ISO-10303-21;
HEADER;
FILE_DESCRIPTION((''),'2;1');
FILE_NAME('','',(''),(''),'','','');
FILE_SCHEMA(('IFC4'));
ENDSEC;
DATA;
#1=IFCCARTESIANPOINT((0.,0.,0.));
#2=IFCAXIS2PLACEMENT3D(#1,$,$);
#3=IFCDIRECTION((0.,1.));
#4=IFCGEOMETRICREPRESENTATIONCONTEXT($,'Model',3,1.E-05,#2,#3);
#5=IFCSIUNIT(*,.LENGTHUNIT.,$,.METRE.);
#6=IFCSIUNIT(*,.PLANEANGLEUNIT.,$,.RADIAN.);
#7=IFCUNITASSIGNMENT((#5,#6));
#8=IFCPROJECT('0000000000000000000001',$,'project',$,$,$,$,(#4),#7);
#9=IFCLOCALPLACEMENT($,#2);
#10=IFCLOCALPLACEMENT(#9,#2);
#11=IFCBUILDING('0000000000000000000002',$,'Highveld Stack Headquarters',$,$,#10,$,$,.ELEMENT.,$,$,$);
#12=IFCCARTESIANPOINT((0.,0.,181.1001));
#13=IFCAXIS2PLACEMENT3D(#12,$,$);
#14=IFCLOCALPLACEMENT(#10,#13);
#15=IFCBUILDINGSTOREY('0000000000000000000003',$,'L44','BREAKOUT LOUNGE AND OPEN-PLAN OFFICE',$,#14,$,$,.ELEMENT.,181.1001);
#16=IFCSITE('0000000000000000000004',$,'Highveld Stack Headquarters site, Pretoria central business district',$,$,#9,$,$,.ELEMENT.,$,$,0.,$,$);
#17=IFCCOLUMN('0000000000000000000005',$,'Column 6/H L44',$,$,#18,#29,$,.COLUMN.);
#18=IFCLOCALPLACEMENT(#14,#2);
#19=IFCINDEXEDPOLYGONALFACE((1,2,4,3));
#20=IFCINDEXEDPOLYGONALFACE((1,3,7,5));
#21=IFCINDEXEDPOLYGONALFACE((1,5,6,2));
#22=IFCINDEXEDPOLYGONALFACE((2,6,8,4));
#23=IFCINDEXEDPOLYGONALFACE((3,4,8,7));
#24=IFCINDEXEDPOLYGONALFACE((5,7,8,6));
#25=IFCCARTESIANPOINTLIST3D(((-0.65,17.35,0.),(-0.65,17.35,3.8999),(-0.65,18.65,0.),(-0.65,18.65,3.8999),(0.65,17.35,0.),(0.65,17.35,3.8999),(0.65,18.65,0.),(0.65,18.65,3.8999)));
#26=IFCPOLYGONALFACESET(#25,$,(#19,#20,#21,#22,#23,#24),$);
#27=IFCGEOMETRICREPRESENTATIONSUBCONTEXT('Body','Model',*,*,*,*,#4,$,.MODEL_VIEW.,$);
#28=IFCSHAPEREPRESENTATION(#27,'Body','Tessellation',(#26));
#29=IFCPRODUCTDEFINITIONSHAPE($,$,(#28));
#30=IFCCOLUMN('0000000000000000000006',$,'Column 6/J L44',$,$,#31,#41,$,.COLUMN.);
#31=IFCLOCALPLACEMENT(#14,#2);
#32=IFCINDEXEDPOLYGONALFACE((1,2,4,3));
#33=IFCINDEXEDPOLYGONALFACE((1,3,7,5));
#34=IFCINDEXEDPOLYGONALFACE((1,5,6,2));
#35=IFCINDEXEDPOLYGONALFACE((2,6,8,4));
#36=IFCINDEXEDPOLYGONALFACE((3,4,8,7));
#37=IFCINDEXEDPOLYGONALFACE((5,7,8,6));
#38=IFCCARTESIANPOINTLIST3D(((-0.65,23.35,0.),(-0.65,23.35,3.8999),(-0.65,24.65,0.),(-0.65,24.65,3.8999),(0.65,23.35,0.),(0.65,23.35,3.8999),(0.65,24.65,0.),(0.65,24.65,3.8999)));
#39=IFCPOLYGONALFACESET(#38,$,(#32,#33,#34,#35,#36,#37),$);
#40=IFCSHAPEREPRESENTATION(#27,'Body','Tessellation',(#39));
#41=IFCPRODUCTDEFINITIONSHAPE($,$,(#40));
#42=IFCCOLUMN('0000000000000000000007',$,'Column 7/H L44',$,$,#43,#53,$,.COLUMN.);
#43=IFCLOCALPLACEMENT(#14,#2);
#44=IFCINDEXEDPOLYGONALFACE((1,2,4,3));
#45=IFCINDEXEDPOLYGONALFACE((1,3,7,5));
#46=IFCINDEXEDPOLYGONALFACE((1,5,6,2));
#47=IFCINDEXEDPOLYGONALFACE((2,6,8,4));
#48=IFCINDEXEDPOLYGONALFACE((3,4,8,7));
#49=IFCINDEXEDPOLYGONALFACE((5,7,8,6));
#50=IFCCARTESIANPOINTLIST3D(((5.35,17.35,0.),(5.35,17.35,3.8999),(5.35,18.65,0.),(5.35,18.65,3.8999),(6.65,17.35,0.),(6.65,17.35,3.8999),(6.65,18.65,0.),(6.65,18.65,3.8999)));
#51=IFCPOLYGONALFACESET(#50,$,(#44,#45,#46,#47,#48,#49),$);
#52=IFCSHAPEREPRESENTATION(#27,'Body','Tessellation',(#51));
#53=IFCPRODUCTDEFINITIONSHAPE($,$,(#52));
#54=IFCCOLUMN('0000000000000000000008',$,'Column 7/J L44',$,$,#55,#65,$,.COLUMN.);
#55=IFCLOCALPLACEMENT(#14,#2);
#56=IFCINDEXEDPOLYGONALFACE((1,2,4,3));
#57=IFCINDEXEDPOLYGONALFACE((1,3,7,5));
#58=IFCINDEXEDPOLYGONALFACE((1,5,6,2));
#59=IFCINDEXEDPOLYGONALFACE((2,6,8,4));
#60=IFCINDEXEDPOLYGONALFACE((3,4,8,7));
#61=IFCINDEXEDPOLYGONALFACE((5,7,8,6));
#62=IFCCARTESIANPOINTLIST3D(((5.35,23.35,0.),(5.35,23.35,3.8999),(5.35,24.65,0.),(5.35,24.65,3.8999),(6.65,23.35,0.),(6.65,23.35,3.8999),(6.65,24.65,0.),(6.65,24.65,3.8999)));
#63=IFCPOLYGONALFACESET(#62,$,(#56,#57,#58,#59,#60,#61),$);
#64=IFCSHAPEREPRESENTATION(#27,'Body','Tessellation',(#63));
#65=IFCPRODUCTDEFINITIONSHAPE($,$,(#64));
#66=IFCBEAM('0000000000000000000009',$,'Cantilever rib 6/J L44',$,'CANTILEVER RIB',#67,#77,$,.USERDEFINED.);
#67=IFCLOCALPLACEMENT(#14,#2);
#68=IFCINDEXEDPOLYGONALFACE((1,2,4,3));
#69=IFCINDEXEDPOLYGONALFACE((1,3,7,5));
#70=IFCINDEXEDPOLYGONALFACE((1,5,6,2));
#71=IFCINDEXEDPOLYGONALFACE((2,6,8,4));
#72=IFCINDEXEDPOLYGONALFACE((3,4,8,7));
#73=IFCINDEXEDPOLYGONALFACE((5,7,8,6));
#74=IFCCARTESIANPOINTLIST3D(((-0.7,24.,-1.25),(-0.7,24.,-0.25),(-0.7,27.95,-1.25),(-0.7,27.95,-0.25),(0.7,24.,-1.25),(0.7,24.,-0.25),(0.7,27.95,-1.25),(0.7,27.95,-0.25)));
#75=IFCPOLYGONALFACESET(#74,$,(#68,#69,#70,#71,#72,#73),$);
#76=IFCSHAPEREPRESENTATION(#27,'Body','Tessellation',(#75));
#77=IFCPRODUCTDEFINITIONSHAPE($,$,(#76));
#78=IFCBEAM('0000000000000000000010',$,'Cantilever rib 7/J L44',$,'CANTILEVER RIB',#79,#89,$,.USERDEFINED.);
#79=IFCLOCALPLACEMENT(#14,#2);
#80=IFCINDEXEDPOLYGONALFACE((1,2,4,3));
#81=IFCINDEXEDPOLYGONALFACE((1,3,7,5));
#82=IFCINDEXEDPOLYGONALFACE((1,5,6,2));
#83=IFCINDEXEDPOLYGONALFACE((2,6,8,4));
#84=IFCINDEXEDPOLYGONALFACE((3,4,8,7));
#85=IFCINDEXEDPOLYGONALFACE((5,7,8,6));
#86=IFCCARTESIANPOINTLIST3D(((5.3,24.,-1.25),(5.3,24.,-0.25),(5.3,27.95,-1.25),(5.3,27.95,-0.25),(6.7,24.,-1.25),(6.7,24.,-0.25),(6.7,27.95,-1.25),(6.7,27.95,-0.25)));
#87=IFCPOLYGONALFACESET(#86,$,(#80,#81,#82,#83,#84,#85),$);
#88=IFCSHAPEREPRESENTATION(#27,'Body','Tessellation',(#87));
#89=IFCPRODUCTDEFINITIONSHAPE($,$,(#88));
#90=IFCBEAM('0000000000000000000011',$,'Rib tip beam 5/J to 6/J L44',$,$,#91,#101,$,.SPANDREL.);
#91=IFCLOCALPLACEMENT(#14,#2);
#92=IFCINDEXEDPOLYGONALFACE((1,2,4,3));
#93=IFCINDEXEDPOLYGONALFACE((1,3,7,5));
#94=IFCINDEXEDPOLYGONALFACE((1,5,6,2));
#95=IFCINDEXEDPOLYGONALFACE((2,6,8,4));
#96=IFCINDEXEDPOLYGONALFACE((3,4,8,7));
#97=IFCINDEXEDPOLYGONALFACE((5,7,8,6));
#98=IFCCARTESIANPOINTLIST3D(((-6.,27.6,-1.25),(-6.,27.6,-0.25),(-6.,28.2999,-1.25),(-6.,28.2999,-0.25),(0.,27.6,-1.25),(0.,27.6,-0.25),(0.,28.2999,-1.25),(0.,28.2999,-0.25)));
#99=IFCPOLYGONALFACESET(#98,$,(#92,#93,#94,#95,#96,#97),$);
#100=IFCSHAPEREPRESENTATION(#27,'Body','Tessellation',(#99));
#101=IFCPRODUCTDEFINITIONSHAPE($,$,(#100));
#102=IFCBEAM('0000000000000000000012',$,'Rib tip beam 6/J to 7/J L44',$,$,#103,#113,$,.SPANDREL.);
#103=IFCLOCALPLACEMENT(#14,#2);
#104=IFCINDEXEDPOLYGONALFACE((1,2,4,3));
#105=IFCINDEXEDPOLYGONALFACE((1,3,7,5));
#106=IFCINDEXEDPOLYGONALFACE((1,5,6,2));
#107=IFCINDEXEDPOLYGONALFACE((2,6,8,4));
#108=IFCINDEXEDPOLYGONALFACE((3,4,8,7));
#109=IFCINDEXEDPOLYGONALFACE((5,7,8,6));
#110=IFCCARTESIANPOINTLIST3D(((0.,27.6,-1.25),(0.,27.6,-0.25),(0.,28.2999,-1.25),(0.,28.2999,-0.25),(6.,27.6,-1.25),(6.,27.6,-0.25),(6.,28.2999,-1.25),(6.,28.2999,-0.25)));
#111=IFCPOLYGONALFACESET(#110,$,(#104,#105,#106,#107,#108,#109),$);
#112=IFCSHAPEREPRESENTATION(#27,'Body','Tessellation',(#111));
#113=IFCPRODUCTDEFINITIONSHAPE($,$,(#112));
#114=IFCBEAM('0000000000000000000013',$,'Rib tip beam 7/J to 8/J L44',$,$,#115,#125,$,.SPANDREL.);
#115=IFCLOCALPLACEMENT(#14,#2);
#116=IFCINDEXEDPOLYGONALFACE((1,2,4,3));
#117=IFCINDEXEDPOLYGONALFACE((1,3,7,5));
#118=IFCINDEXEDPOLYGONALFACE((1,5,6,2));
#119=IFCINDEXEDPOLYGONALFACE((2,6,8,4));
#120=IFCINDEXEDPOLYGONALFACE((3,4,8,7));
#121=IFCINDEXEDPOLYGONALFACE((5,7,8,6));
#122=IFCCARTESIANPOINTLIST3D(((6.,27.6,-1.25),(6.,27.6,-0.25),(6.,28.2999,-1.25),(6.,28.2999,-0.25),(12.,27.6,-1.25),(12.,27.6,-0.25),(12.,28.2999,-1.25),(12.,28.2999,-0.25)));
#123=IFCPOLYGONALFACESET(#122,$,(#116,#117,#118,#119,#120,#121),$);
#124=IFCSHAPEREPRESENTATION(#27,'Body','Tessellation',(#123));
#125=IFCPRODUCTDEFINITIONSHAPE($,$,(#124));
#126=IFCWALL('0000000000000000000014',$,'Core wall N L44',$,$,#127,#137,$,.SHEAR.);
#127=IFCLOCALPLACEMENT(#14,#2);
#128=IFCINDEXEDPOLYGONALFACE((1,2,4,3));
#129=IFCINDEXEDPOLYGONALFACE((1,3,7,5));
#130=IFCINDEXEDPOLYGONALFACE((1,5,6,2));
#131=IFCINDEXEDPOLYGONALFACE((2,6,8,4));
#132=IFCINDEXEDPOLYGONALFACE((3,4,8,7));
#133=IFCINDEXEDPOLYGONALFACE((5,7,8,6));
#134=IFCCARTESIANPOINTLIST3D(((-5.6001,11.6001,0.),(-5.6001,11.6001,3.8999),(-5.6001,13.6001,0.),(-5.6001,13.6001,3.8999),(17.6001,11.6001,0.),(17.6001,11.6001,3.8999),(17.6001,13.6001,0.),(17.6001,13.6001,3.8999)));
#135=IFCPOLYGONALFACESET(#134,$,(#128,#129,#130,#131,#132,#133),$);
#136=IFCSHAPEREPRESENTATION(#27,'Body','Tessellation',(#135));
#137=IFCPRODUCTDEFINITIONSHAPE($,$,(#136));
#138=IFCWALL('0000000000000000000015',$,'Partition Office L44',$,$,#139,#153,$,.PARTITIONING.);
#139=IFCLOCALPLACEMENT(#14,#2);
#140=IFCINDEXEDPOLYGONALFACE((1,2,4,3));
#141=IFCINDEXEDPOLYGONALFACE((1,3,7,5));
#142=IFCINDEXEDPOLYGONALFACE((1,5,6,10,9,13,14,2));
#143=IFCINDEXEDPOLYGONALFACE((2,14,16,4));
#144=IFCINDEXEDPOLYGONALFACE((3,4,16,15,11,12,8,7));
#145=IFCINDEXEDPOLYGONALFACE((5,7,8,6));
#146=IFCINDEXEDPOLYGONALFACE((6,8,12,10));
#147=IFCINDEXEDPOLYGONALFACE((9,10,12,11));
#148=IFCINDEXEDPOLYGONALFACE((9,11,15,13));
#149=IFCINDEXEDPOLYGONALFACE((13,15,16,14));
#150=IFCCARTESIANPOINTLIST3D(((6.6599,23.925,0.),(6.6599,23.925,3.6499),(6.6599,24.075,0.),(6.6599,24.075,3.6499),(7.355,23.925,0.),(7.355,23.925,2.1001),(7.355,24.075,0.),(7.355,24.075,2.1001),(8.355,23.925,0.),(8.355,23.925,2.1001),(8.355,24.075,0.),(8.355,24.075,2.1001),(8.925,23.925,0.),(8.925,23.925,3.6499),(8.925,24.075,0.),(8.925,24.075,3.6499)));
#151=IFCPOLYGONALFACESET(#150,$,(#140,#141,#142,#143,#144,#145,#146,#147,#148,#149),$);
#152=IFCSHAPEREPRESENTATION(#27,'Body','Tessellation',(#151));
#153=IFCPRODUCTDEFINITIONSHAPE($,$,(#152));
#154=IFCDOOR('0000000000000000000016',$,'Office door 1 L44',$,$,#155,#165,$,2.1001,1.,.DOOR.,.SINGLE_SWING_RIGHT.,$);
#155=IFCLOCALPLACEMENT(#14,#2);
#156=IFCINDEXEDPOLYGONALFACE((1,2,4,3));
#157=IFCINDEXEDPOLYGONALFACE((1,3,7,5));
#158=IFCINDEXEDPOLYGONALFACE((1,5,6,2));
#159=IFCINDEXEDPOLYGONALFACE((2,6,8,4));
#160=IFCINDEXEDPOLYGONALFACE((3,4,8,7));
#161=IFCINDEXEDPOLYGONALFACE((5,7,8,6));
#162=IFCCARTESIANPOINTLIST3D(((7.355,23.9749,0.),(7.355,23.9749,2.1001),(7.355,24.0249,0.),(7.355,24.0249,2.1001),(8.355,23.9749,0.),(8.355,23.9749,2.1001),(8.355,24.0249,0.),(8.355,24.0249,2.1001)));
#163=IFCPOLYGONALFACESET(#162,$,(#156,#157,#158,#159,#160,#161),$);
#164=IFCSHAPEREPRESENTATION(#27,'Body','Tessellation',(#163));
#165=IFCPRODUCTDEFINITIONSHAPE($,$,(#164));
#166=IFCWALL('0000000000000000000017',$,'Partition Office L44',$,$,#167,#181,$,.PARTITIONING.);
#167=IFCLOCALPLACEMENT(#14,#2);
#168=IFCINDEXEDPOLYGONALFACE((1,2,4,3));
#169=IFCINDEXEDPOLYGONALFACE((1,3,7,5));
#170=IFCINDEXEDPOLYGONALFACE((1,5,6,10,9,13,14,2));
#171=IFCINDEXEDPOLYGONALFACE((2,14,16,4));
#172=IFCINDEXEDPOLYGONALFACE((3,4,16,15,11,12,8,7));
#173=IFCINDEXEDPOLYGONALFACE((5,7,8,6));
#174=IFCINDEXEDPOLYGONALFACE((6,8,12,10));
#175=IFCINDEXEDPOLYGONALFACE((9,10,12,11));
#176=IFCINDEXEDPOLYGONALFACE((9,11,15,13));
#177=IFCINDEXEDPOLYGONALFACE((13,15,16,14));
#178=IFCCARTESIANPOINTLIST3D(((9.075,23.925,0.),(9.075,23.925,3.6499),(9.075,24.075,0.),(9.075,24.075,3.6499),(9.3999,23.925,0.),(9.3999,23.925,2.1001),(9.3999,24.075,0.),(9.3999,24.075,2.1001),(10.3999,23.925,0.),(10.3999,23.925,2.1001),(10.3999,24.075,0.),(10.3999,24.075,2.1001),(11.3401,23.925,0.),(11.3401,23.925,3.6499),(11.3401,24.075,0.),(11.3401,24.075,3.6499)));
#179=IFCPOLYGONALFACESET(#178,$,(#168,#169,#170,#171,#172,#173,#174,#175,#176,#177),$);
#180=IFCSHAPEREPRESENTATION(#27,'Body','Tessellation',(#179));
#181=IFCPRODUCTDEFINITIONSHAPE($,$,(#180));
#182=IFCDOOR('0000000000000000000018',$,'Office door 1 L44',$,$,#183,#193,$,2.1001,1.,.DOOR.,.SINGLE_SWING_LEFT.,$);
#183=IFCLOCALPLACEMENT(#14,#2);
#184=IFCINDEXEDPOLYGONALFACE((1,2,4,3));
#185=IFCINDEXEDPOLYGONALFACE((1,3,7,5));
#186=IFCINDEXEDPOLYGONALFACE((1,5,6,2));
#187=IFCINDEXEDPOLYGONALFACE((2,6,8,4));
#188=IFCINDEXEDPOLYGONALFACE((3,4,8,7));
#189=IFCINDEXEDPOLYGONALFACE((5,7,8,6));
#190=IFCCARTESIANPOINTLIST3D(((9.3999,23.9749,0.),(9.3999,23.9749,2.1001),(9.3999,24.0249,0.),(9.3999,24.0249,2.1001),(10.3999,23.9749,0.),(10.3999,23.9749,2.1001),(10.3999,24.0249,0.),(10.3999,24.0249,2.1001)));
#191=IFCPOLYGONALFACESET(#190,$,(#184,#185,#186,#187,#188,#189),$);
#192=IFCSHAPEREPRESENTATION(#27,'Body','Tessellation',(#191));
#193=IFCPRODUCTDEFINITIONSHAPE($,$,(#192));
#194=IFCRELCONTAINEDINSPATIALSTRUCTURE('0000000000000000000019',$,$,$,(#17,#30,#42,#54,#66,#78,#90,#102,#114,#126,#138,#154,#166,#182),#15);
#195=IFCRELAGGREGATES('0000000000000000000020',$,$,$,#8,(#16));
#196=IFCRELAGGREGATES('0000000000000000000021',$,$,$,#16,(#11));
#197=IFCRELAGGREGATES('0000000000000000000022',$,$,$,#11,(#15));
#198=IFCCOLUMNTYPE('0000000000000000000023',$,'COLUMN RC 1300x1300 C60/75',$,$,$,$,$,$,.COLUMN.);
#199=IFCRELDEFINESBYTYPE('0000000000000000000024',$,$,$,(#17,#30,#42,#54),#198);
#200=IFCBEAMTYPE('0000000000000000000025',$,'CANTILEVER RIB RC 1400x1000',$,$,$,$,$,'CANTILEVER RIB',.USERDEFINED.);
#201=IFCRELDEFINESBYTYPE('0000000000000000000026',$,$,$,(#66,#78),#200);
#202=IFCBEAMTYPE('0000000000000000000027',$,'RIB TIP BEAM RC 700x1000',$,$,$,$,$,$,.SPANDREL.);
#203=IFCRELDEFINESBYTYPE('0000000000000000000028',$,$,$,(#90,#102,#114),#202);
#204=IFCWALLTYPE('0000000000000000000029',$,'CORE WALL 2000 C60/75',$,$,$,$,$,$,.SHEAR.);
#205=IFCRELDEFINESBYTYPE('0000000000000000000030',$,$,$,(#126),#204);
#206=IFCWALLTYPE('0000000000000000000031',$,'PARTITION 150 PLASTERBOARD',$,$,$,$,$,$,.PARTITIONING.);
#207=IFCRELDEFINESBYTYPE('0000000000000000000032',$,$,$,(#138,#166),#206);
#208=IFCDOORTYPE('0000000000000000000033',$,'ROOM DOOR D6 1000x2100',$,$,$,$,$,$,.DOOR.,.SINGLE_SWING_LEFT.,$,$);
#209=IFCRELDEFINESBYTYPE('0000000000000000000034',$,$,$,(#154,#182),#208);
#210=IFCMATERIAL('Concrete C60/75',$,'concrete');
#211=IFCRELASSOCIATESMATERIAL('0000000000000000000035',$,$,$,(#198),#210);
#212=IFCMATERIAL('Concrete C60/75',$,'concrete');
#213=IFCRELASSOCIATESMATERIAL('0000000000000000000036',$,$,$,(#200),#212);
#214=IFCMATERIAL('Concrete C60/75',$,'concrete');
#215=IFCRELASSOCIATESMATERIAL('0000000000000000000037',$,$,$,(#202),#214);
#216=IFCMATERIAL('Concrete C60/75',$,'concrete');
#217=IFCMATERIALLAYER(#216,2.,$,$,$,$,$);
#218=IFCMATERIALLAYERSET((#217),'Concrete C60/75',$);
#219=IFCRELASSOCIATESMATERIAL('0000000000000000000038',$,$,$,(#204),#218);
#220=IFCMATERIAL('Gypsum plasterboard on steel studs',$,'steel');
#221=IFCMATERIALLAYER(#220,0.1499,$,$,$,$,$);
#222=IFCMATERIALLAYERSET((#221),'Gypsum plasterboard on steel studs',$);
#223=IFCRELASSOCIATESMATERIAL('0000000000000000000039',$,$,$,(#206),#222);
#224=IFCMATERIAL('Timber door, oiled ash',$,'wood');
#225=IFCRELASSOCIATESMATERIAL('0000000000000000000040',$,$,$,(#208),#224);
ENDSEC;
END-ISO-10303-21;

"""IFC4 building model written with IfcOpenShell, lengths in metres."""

from ifc_helpers import new_model, si_unit, direction, frame, frame_2d, origin, origin_2d, place, context, subcontext, project, spatial, rectangle, extrude, material, layer, layer_set, material_profile, profile_set, type_object, element, fill, save


model = new_model("IFC4")

# Units and contexts
model_context = context("Model", 3, precision=1e-05, world=origin(), true_north=direction((0.0, 1.0)))
body_context = subcontext(model_context, "Body", "Model", "MODEL_VIEW")
ifc_project = project(units=[si_unit("LENGTHUNIT", "METRE"), si_unit("PLANEANGLEUNIT", "RADIAN")], contexts=[model_context])

# Site, building, storey
site_placement = place(None, origin())
site = spatial("IfcSite", under=ifc_project, at=site_placement, Name="Highveld Stack Headquarters site, Pretoria central business district", CompositionType="ELEMENT", RefElevation=0.0)
building_placement = place(site_placement, origin())
building = spatial("IfcBuilding", under=site, at=building_placement, Name="Highveld Stack Headquarters", CompositionType="ELEMENT")
storey_placement = place(building_placement, frame((0.0, 0.0, 181.1001)))
storey = spatial("IfcBuildingStorey", under=building, at=storey_placement, Name="L44", Description="BREAKOUT LOUNGE AND OPEN-PLAN OFFICE", CompositionType="ELEMENT", Elevation=181.1001)

# Columns
ifc_material_1 = material(Name="Concrete C60/75", Category="concrete")
ifc_material_profile_1 = material_profile(ifc_material_1, rectangle(XDim=1.3, YDim=1.3, at=origin_2d()), Name="RC 1300x1300")
ifc_profile_set_1 = profile_set([ifc_material_profile_1], Name="Concrete C60/75")
column_type = type_object("IfcColumnType", Name="COLUMN RC 1300x1300 C60/75", PredefinedType="COLUMN", material=ifc_profile_set_1)
for number, where, z_axis, x_axis, name in (
    (1, (0.0, 18.0, 0.0), (0.0, 0.0, 1.0), (1.0, 0.0, 0.0), "Column 6/H L44"),
    (2, (0.0, 24.0, 0.0), (0.0, 0.0, 1.0), (1.0, 0.0, 0.0), "Column 6/J L44"),
    (3, (6.0, 18.0, 0.0), (0.0, 0.0, 1.0), (1.0, 0.0, 0.0), "Column 7/H L44"),
    (4, (6.0, 24.0, 0.0), (0.0, 0.0, 1.0), (1.0, 0.0, 0.0), "Column 7/J L44"),
):
    element("IfcColumn", number, at=place(storey_placement, frame(where, z_axis=z_axis, x_axis=x_axis)), inside=storey, type_object=column_type, Name=name, PredefinedType="COLUMN", context=body_context, shape_type="SweptSolid", body=[
        extrude(rectangle(XDim=1.3, YDim=1.3, at=origin_2d()), origin(), (0.0, 0.0, 1.0), 3.8999),
    ])

# Beams
ifc_material_2 = material(Name="Concrete C60/75", Category="concrete")
ifc_material_profile_2 = material_profile(ifc_material_2, rectangle(XDim=1.3999, YDim=1.0, at=origin_2d()), Name="RC 1400x1000")
ifc_profile_set_2 = profile_set([ifc_material_profile_2], Name="Concrete C60/75")
beam_type_1 = type_object("IfcBeamType", Name="CANTILEVER RIB RC 1400x1000", ElementType="CANTILEVER RIB", PredefinedType="USERDEFINED", material=ifc_profile_set_2)
for number, where, z_axis, x_axis, name in (
    (5, (0.0, 24.0, -0.75), (0.0, 1.0, 0.0), (-1.0, 0.0, 0.0), "Cantilever rib 6/J L44"),
    (6, (6.0, 24.0, -0.75), (0.0, 1.0, 0.0), (-1.0, 0.0, 0.0), "Cantilever rib 7/J L44"),
):
    element("IfcBeam", number, at=place(storey_placement, frame(where, z_axis=z_axis, x_axis=x_axis)), inside=storey, type_object=beam_type_1, Name=name, ObjectType="CANTILEVER RIB", PredefinedType="USERDEFINED", context=body_context, shape_type="SweptSolid", body=[
        extrude(rectangle(XDim=1.3999, YDim=1.0, at=origin_2d()), origin(), (0.0, 0.0, 1.0), 3.95),
    ])
ifc_material_3 = material(Name="Concrete C60/75", Category="concrete")
ifc_material_profile_3 = material_profile(ifc_material_3, rectangle(XDim=0.7, YDim=1.0, at=origin_2d()), Name="RC 700x1000")
ifc_profile_set_3 = profile_set([ifc_material_profile_3], Name="Concrete C60/75")
beam_type_2 = type_object("IfcBeamType", Name="RIB TIP BEAM RC 700x1000", PredefinedType="SPANDREL", material=ifc_profile_set_3)
for number, where, z_axis, x_axis, name in (
    (7, (-6.0, 27.95, -0.75), (1.0, 0.0, 0.0), (0.0, 1.0, 0.0), "Rib tip beam 5/J to 6/J L44"),
    (8, (0.0, 27.95, -0.75), (1.0, 0.0, 0.0), (0.0, 1.0, 0.0), "Rib tip beam 6/J to 7/J L44"),
    (9, (6.0, 27.95, -0.75), (1.0, 0.0, 0.0), (0.0, 1.0, 0.0), "Rib tip beam 7/J to 8/J L44"),
):
    element("IfcBeam", number, at=place(storey_placement, frame(where, z_axis=z_axis, x_axis=x_axis)), inside=storey, type_object=beam_type_2, Name=name, PredefinedType="SPANDREL", context=body_context, shape_type="SweptSolid", body=[
        extrude(rectangle(XDim=0.7, YDim=1.0, at=origin_2d()), origin(), (0.0, 0.0, 1.0), 6.0),
    ])

# Wall
ifc_material_4 = material(Name="Concrete C60/75", Category="concrete")
ifc_layer_1 = layer(ifc_material_4, 2.0)
ifc_layer_set_1 = layer_set([ifc_layer_1], Name="Concrete C60/75")
wall_type_1 = type_object("IfcWallType", Name="CORE WALL 2000 C60/75", PredefinedType="SHEAR", material=ifc_layer_set_1)
wall_1_placement = place(storey_placement, frame((-5.6001, 12.6001, 0.0), z_axis=(0.0, 0.0, 1.0), x_axis=(1.0, 0.0, 0.0)))
element("IfcWall", 10, at=wall_1_placement, inside=storey, type_object=wall_type_1, Name="Core wall N L44", PredefinedType="SHEAR", context=body_context, shape_type="SweptSolid", body=[
    extrude(rectangle(XDim=23.2002, YDim=2.0, at=frame_2d((11.6001, 0.0))), origin(), (0.0, 0.0, 1.0), 3.8999),
])

# Walls, openings, doors
ifc_material_5 = material(Name="Gypsum plasterboard on steel studs", Category="steel")
ifc_layer_2 = layer(ifc_material_5, 0.1499)
ifc_layer_set_2 = layer_set([ifc_layer_2], Name="Gypsum plasterboard on steel studs")
wall_type_2 = type_object("IfcWallType", Name="PARTITION 150 PLASTERBOARD", PredefinedType="PARTITIONING", material=ifc_layer_set_2)
wall_2_placement = place(storey_placement, frame((6.6599, 24.0, 0.0), z_axis=(0.0, 0.0, 1.0), x_axis=(1.0, 0.0, 0.0)))
wall_2 = element("IfcWall", 11, at=wall_2_placement, inside=storey, type_object=wall_type_2, Name="Partition Office L44", PredefinedType="PARTITIONING", context=body_context, shape_type="SweptSolid", body=[
    extrude(rectangle(XDim=2.2651, YDim=0.1499, at=frame_2d((1.1326, 0.0))), origin(), (0.0, 0.0, 1.0), 3.6499),
])
opening_1_placement = place(wall_2_placement, frame((0.6951, 0.0, 0.0)))
opening_1 = element("IfcOpeningElement", 12, at=opening_1_placement, cuts=wall_2, PredefinedType="OPENING", context=body_context, shape_type="SweptSolid", body=[
    extrude(rectangle(XDim=1.0, YDim=2.1001, at=frame_2d((0.5, 1.05))), frame((0.0, 0.085, 0.0), z_axis=(0.0, -1.0, 0.0), x_axis=(1.0, 0.0, 0.0)), (0.0, 0.0, 1.0), 0.1699),
])
ifc_material_6 = material(Name="Timber door, oiled ash", Category="wood")
door_type = type_object("IfcDoorType", Name="ROOM DOOR D6 1000x2100", OperationType="SINGLE_SWING_LEFT", PredefinedType="DOOR", material=ifc_material_6)
door_1_placement = place(opening_1_placement, origin())
door_1 = element("IfcDoor", 13, at=door_1_placement, inside=storey, type_object=door_type, Name="Office door 1 L44", OperationType="SINGLE_SWING_RIGHT", OverallHeight=2.1001, OverallWidth=1.0, PredefinedType="DOOR", context=body_context, shape_type="SweptSolid", body=[
    extrude(rectangle(XDim=1.0, YDim=2.1001, at=frame_2d((0.5, 1.05))), frame((0.0, 0.0249, 0.0), z_axis=(0.0, -1.0, 0.0), x_axis=(1.0, 0.0, 0.0)), (0.0, 0.0, 1.0), 0.05),
])
fill(opening_1, door_1)
wall_3_placement = place(storey_placement, frame((9.075, 24.0, 0.0), z_axis=(0.0, 0.0, 1.0), x_axis=(1.0, 0.0, 0.0)))
wall_3 = element("IfcWall", 14, at=wall_3_placement, inside=storey, type_object=wall_type_2, Name="Partition Office L44", PredefinedType="PARTITIONING", context=body_context, shape_type="SweptSolid", body=[
    extrude(rectangle(XDim=2.2651, YDim=0.1499, at=frame_2d((1.1326, 0.0))), origin(), (0.0, 0.0, 1.0), 3.6499),
])
opening_2_placement = place(wall_3_placement, frame((0.325, 0.0, 0.0)))
opening_2 = element("IfcOpeningElement", 15, at=opening_2_placement, cuts=wall_3, PredefinedType="OPENING", context=body_context, shape_type="SweptSolid", body=[
    extrude(rectangle(XDim=1.0, YDim=2.1001, at=frame_2d((0.5, 1.05))), frame((0.0, 0.085, 0.0), z_axis=(0.0, -1.0, 0.0), x_axis=(1.0, 0.0, 0.0)), (0.0, 0.0, 1.0), 0.1699),
])
door_2_placement = place(opening_2_placement, origin())
door_2 = element("IfcDoor", 16, at=door_2_placement, inside=storey, type_object=door_type, Name="Office door 1 L44", OperationType="SINGLE_SWING_LEFT", OverallHeight=2.1001, OverallWidth=1.0, PredefinedType="DOOR", context=body_context, shape_type="SweptSolid", body=[
    extrude(rectangle(XDim=1.0, YDim=2.1001, at=frame_2d((0.5, 1.05))), frame((0.0, 0.0249, 0.0), z_axis=(0.0, -1.0, 0.0), x_axis=(1.0, 0.0, 0.0)), (0.0, 0.0, 1.0), 0.05),
])
fill(opening_2, door_2)

save(model, "model.ifc")
